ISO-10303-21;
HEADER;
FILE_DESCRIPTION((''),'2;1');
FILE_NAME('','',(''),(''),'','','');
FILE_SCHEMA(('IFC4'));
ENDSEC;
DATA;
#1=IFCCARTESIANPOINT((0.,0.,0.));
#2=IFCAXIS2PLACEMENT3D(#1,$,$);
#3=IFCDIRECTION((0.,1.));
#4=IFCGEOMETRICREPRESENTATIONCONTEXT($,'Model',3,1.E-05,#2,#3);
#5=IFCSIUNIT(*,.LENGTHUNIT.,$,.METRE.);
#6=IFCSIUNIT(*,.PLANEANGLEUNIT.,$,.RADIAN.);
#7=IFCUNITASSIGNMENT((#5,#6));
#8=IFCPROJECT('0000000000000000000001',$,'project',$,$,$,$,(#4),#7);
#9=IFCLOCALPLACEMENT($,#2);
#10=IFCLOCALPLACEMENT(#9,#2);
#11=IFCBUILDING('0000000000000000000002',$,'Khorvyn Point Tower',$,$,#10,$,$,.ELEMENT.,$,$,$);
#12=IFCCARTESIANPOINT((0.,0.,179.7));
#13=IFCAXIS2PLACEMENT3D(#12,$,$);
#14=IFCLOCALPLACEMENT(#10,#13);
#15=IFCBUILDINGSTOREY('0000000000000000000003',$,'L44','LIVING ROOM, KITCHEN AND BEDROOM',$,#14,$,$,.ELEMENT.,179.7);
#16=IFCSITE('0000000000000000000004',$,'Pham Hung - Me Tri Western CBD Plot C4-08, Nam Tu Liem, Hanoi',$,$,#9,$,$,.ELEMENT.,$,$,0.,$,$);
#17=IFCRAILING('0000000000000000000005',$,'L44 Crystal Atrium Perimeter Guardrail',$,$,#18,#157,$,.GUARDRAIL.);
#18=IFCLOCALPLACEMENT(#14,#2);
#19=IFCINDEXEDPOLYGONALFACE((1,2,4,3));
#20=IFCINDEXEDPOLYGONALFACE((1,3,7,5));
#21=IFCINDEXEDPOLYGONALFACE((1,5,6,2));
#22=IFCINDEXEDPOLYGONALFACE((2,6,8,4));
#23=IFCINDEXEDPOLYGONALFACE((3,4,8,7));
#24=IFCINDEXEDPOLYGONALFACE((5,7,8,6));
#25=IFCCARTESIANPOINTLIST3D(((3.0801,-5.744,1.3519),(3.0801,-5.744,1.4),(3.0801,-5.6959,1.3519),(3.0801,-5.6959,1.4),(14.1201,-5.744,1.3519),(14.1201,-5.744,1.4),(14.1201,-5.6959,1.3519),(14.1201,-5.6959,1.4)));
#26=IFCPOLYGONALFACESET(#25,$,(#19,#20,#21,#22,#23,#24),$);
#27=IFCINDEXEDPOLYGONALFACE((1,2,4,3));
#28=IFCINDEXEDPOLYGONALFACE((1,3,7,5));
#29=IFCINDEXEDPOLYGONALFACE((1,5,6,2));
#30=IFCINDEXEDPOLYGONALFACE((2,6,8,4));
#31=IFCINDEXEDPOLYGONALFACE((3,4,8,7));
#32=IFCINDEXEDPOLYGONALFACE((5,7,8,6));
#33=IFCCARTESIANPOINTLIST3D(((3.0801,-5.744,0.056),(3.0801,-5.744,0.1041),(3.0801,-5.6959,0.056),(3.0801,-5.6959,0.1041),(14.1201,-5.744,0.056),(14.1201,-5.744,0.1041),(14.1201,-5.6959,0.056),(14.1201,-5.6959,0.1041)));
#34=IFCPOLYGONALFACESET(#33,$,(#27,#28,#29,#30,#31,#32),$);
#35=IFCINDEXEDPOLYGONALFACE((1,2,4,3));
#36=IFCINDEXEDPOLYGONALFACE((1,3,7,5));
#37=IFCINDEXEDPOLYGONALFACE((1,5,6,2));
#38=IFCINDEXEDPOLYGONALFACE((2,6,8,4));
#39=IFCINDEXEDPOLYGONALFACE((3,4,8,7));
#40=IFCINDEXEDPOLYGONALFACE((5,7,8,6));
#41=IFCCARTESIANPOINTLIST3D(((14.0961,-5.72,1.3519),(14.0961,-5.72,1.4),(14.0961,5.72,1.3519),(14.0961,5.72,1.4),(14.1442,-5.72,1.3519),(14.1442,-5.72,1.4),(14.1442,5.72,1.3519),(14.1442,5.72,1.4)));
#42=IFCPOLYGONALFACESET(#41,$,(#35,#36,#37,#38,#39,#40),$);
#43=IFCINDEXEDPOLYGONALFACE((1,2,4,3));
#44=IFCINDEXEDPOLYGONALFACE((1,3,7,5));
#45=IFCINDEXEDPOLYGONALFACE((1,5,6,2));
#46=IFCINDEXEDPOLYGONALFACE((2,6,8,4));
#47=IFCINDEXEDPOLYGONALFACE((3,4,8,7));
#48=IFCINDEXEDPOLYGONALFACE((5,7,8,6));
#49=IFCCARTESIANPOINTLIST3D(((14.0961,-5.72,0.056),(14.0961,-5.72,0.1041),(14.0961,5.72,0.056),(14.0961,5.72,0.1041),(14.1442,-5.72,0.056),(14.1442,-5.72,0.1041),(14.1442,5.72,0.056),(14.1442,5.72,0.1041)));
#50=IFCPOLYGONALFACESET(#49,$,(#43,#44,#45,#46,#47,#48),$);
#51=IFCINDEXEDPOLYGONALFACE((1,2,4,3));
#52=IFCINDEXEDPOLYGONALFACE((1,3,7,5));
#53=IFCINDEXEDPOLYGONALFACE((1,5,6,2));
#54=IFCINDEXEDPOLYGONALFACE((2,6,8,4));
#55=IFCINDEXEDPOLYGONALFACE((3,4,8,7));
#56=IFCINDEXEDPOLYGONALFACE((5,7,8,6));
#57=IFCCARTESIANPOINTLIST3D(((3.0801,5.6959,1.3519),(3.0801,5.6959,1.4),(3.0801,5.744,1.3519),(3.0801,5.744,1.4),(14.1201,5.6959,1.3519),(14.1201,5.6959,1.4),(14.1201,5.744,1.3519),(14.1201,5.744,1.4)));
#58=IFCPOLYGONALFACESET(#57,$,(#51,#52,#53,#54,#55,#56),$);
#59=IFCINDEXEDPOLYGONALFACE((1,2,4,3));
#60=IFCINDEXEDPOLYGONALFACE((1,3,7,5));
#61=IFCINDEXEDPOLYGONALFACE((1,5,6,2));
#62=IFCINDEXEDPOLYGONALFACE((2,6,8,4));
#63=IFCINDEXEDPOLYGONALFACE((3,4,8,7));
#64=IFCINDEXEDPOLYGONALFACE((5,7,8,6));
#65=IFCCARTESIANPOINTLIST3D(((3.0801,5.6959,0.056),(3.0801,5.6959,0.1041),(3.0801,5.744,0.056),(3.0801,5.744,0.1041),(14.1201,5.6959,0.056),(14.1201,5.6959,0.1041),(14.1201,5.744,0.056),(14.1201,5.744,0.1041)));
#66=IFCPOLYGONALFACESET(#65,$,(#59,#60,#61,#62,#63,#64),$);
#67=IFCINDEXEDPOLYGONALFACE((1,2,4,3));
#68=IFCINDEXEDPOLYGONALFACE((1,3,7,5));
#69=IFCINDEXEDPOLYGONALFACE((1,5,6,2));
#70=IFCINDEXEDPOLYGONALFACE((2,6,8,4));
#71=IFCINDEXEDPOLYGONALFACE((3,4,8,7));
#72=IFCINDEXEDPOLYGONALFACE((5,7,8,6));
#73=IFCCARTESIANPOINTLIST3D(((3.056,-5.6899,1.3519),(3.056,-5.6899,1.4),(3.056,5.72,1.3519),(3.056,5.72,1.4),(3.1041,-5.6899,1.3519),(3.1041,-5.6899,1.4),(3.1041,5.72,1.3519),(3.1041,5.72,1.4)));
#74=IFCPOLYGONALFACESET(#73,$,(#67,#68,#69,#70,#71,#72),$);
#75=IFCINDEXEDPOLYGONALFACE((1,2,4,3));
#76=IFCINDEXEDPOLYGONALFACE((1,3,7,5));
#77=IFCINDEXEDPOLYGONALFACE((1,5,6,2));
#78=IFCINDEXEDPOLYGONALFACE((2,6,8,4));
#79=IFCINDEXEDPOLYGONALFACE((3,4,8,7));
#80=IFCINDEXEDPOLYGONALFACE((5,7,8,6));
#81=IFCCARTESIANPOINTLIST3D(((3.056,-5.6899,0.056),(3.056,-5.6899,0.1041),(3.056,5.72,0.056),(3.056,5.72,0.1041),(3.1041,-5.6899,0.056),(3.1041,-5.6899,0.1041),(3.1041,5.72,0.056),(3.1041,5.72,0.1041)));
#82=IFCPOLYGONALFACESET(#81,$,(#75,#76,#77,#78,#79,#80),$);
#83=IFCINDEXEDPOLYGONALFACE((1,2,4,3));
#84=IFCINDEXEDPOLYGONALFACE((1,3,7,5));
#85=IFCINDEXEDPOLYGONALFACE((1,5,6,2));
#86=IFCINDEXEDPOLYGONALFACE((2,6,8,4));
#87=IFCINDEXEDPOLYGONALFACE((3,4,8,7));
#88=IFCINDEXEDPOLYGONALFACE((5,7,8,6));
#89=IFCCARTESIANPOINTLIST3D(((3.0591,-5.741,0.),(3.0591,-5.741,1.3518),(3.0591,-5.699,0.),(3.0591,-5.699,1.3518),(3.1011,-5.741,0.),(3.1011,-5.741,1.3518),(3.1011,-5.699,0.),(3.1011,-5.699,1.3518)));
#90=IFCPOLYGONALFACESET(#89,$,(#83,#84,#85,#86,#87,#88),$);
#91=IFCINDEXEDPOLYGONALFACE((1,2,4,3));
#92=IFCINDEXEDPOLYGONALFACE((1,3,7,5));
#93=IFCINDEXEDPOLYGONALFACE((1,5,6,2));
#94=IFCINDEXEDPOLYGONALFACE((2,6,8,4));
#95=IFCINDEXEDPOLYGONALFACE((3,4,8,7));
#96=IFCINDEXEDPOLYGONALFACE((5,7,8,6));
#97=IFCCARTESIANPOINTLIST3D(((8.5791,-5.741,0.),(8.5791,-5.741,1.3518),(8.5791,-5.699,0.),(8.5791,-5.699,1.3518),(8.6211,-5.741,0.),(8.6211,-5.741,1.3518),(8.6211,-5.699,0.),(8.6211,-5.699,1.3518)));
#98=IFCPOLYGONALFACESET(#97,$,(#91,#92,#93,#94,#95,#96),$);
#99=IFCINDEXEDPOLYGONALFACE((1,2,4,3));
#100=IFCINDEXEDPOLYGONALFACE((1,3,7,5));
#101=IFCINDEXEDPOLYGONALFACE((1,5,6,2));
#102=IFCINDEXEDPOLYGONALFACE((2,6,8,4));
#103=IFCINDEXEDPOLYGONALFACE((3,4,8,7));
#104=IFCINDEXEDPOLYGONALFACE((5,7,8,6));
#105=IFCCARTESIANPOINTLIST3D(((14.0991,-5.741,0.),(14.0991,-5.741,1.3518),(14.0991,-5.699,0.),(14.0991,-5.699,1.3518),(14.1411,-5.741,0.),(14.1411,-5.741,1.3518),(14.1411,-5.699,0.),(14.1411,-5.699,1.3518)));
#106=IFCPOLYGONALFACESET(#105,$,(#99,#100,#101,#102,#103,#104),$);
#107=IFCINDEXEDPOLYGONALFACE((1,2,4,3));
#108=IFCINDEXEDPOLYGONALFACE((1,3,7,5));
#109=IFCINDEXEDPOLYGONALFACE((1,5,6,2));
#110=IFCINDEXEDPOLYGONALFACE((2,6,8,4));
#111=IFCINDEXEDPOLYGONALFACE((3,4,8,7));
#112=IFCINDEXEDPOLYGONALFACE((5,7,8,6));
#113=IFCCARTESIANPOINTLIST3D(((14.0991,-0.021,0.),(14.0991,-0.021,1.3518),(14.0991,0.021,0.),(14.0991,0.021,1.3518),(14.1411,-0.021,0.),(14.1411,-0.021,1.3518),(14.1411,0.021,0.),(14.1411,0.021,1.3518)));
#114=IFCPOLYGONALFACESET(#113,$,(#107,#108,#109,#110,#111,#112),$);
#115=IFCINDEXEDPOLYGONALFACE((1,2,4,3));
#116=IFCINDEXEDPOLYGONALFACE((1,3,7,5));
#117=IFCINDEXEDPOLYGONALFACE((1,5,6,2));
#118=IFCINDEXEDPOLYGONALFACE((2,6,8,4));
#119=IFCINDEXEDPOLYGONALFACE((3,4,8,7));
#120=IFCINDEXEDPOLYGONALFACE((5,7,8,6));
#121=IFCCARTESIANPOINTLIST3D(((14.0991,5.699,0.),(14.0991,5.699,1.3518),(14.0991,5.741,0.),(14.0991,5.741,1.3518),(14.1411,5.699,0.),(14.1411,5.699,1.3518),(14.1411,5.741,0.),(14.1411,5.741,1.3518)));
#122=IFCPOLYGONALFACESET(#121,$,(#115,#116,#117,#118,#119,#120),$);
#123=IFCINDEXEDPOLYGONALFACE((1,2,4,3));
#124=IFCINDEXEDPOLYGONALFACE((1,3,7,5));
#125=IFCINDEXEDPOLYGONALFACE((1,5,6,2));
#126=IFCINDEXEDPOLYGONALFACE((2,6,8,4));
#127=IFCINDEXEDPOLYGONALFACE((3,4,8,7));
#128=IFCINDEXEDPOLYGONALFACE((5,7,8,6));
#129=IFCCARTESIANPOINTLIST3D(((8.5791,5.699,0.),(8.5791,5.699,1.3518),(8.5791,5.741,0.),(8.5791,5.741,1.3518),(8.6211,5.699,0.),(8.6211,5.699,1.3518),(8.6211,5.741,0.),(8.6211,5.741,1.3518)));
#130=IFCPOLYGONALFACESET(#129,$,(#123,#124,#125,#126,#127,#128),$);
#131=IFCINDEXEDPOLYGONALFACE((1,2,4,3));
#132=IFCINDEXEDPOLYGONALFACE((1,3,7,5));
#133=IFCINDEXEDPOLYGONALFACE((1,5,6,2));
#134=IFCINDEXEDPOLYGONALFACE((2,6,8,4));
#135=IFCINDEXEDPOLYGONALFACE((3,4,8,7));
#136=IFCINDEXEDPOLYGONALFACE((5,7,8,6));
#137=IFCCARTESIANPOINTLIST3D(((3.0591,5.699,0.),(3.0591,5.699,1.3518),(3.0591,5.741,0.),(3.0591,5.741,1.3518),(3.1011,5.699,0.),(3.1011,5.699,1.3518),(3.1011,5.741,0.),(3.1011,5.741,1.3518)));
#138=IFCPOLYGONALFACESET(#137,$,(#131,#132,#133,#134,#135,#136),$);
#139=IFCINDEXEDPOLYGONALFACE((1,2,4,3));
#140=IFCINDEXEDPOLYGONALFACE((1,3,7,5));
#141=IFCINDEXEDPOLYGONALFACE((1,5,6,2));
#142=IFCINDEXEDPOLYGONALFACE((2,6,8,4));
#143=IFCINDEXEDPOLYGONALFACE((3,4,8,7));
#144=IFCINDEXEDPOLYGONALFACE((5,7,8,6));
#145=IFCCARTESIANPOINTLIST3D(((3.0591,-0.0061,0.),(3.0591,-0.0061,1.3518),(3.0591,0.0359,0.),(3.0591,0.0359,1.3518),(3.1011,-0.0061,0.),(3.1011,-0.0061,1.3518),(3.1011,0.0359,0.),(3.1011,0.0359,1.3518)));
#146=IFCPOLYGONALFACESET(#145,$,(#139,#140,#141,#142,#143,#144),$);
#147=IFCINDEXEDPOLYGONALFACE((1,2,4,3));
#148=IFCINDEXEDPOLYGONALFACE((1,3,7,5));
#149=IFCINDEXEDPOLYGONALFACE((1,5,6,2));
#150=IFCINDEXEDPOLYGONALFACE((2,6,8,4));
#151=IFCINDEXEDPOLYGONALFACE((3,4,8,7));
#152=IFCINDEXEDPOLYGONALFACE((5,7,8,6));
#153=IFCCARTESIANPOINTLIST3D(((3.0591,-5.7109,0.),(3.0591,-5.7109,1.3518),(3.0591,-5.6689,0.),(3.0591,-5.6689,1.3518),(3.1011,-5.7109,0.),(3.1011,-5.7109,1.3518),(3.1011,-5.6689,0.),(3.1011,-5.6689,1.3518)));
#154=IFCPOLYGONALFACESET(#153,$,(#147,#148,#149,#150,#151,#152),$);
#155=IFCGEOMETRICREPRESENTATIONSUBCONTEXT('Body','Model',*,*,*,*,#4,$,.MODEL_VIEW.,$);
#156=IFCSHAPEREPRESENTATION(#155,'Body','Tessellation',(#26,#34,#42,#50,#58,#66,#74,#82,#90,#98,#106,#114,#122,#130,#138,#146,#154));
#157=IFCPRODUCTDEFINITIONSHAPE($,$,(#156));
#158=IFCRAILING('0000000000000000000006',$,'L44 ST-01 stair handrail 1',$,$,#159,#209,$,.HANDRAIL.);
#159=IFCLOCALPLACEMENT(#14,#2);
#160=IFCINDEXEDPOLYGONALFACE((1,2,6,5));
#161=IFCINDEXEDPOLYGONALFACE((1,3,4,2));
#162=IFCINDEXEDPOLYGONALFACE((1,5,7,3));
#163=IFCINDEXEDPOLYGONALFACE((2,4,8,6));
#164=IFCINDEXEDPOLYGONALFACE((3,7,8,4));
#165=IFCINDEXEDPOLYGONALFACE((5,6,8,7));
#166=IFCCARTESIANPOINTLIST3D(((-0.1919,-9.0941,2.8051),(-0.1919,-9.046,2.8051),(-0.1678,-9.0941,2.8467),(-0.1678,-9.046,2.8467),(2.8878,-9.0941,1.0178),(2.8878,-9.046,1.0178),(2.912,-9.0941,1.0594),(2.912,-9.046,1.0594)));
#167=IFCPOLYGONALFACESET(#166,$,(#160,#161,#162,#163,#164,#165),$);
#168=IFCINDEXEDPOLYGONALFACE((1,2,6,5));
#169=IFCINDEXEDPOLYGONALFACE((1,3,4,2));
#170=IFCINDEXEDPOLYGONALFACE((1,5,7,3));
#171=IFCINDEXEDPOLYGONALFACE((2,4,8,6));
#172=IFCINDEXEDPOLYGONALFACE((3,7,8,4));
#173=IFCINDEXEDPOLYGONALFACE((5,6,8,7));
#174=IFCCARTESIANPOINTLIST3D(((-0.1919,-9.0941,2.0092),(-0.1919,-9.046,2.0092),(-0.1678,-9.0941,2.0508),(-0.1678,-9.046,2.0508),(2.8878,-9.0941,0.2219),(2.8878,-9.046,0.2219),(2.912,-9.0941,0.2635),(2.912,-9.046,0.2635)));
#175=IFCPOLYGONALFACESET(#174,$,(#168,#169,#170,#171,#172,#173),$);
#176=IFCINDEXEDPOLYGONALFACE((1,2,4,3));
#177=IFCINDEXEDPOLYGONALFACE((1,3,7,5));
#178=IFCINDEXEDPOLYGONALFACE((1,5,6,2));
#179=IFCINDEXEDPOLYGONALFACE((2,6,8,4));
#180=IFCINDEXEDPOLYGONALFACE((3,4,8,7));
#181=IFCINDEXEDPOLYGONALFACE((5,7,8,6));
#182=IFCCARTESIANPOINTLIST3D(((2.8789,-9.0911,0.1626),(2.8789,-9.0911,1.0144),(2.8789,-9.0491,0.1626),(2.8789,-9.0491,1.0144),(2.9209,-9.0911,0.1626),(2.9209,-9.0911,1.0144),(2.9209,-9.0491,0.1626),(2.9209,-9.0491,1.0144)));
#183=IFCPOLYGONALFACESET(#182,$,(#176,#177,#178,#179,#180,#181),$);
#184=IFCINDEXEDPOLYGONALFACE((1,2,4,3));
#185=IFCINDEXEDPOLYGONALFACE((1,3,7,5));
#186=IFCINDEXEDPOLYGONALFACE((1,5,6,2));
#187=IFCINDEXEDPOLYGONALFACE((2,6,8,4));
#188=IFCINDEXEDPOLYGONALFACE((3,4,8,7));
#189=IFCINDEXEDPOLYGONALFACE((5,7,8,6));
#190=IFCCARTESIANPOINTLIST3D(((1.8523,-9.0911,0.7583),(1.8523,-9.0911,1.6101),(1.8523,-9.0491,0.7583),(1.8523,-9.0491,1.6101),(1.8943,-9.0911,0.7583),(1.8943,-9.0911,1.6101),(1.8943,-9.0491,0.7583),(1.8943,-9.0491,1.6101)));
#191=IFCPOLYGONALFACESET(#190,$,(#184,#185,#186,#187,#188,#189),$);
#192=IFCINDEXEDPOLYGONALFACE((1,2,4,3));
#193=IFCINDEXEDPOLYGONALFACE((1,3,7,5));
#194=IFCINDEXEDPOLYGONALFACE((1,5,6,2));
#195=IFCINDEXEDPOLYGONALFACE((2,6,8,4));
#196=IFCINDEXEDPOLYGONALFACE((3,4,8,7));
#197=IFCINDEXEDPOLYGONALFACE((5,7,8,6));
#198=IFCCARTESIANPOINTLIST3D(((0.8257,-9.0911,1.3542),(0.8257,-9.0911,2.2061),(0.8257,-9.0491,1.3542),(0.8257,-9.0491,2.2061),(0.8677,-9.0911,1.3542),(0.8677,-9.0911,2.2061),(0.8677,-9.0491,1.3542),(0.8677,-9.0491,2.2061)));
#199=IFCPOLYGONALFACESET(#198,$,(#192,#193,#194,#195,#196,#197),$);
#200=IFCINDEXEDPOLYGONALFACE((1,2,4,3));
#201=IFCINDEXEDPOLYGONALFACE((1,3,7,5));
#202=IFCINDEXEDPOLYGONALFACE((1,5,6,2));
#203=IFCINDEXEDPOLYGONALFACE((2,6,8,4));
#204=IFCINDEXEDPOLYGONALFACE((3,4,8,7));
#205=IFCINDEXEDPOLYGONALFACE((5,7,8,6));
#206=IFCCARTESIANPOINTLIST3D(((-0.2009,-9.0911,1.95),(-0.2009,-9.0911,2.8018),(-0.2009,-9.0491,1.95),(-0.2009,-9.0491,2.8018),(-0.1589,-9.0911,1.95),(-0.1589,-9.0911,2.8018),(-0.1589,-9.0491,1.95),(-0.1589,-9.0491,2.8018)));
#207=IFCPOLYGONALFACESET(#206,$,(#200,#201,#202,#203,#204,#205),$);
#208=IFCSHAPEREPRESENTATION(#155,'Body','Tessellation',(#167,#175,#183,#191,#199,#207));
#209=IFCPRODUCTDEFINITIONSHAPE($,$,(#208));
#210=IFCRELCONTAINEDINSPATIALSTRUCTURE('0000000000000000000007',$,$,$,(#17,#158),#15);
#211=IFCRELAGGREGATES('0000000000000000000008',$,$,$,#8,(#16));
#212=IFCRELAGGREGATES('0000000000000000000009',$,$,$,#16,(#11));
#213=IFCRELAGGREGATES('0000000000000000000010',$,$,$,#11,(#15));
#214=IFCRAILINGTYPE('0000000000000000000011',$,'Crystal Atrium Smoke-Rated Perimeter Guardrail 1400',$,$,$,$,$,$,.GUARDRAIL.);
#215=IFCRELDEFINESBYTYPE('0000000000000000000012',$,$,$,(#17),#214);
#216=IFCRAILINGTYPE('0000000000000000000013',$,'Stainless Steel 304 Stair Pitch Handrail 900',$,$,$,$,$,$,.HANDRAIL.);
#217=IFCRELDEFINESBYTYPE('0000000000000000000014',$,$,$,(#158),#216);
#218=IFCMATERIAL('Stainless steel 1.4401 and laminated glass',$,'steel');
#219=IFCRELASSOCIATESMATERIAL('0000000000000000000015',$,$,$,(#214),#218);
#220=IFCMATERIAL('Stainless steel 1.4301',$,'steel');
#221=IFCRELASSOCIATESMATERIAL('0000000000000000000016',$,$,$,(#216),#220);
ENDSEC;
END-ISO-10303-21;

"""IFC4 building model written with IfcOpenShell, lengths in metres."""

from ifc_helpers import new_model, si_unit, direction, frame, origin, origin_2d, place, context, subcontext, project, spatial, rectangle, extrude, material, type_object, element, save


model = new_model("IFC4")

# Units and contexts
model_context = context("Model", 3, precision=1e-05, world=origin(), true_north=direction((0.0, 1.0)))
body_context = subcontext(model_context, "Body", "Model", "MODEL_VIEW")
ifc_project = project(units=[si_unit("LENGTHUNIT", "METRE"), si_unit("PLANEANGLEUNIT", "RADIAN")], contexts=[model_context])

# Site, building, storey
site_placement = place(None, origin())
site = spatial("IfcSite", under=ifc_project, at=site_placement, Name="Pham Hung - Me Tri Western CBD Plot C4-08, Nam Tu Liem, Hanoi", CompositionType="ELEMENT", RefElevation=0.0)
building_placement = place(site_placement, origin())
building = spatial("IfcBuilding", under=site, at=building_placement, Name="Khorvyn Point Tower", CompositionType="ELEMENT")
storey_placement = place(building_placement, frame((0.0, 0.0, 179.7)))
storey = spatial("IfcBuildingStorey", under=building, at=storey_placement, Name="L44", Description="LIVING ROOM, KITCHEN AND BEDROOM", CompositionType="ELEMENT", Elevation=179.7)

# Shared definitions
ifc_material_1 = material(Name="Stainless steel 1.4301", Category="steel")

# Railings
ifc_material_2 = material(Name="Stainless steel 1.4401 and laminated glass", Category="steel")
railing_type_1 = type_object("IfcRailingType", Name="Crystal Atrium Smoke-Rated Perimeter Guardrail 1400", PredefinedType="GUARDRAIL", material=ifc_material_2)
railing_1_placement = place(storey_placement, frame((3.0801, -5.72, 0.0)))
element("IfcRailing", 1, at=railing_1_placement, inside=storey, type_object=railing_type_1, Name="L44 Crystal Atrium Perimeter Guardrail", PredefinedType="GUARDRAIL", context=body_context, shape_type="SweptSolid", body=[
    extrude(rectangle(XDim=0.0481, YDim=0.0481, at=origin_2d()), frame((0.0, 0.0, 1.376), z_axis=(1.0, 0.0, 0.0), x_axis=(0.0, 1.0, 0.0)), (0.0, 0.0, 1.0), 11.04),
    extrude(rectangle(XDim=0.0481, YDim=0.0481, at=origin_2d()), frame((0.0, 0.0, 0.0801), z_axis=(1.0, 0.0, 0.0), x_axis=(0.0, 1.0, 0.0)), (0.0, 0.0, 1.0), 11.04),
    extrude(rectangle(XDim=0.0481, YDim=0.0481, at=origin_2d()), frame((11.04, 0.0, 1.376), z_axis=(0.0, 1.0, 0.0), x_axis=(-1.0, 0.0, 0.0)), (0.0, 0.0, 1.0), 11.4399),
    extrude(rectangle(XDim=0.0481, YDim=0.0481, at=origin_2d()), frame((11.04, 0.0, 0.0801), z_axis=(0.0, 1.0, 0.0), x_axis=(-1.0, 0.0, 0.0)), (0.0, 0.0, 1.0), 11.4399),
    extrude(rectangle(XDim=0.0481, YDim=0.0481, at=origin_2d()), frame((11.04, 11.4399, 1.376), z_axis=(-1.0, 0.0, 0.0), x_axis=(0.0, -1.0, 0.0)), (0.0, 0.0, 1.0), 11.04),
    extrude(rectangle(XDim=0.0481, YDim=0.0481, at=origin_2d()), frame((11.04, 11.4399, 0.0801), z_axis=(-1.0, 0.0, 0.0), x_axis=(0.0, -1.0, 0.0)), (0.0, 0.0, 1.0), 11.04),
    extrude(rectangle(XDim=0.0481, YDim=0.0481, at=origin_2d()), frame((0.0, 11.4399, 1.376), z_axis=(0.0, -1.0, 0.0), x_axis=(1.0, 0.0, 0.0)), (0.0, 0.0, 1.0), 11.4099),
    extrude(rectangle(XDim=0.0481, YDim=0.0481, at=origin_2d()), frame((0.0, 11.4399, 0.0801), z_axis=(0.0, -1.0, 0.0), x_axis=(1.0, 0.0, 0.0)), (0.0, 0.0, 1.0), 11.4099),
    extrude(rectangle(XDim=0.042, YDim=0.042, at=origin_2d()), origin(), (0.0, 0.0, 1.0), 1.3518),
    extrude(rectangle(XDim=0.042, YDim=0.042, at=origin_2d()), frame((5.52, 0.0, 0.0)), (0.0, 0.0, 1.0), 1.3518),
    extrude(rectangle(XDim=0.042, YDim=0.042, at=origin_2d()), frame((11.04, 0.0, 0.0)), (0.0, 0.0, 1.0), 1.3518),
    extrude(rectangle(XDim=0.042, YDim=0.042, at=origin_2d()), frame((11.04, 5.72, 0.0)), (0.0, 0.0, 1.0), 1.3518),
    extrude(rectangle(XDim=0.042, YDim=0.042, at=origin_2d()), frame((11.04, 11.4399, 0.0)), (0.0, 0.0, 1.0), 1.3518),
    extrude(rectangle(XDim=0.042, YDim=0.042, at=origin_2d()), frame((5.52, 11.4399, 0.0)), (0.0, 0.0, 1.0), 1.3518),
    extrude(rectangle(XDim=0.042, YDim=0.042, at=origin_2d()), frame((0.0, 11.4399, 0.0)), (0.0, 0.0, 1.0), 1.3518),
    extrude(rectangle(XDim=0.042, YDim=0.042, at=origin_2d()), frame((0.0, 5.7349, 0.0)), (0.0, 0.0, 1.0), 1.3518),
    extrude(rectangle(XDim=0.042, YDim=0.042, at=origin_2d()), frame((0.0, 0.03, 0.0)), (0.0, 0.0, 1.0), 1.3518),
])
railing_type_2 = type_object("IfcRailingType", Name="Stainless Steel 304 Stair Pitch Handrail 900", PredefinedType="HANDRAIL", material=ifc_material_1)
railing_2_placement = place(storey_placement, frame((2.8999, -9.0701, 0.1626)))
element("IfcRailing", 2, at=railing_2_placement, inside=storey, type_object=railing_type_2, Name="L44 ST-01 stair handrail 1", PredefinedType="HANDRAIL", context=body_context, shape_type="SweptSolid", body=[
    extrude(rectangle(XDim=0.0481, YDim=0.0481, at=origin_2d()), frame((0.0, 0.0, 0.876), z_axis=(-0.864903, 0.0, 0.501939), x_axis=(0.0, -1.0, 0.0)), (0.0, 0.0, 1.0), 3.5608),
    extrude(rectangle(XDim=0.0481, YDim=0.0481, at=origin_2d()), frame((0.0, 0.0, 0.0801), z_axis=(-0.864903, 0.0, 0.501939), x_axis=(0.0, -1.0, 0.0)), (0.0, 0.0, 1.0), 3.5608),
    extrude(rectangle(XDim=0.042, YDim=0.042, at=origin_2d()), origin(), (0.0, 0.0, 1.0), 0.8518),
    extrude(rectangle(XDim=0.042, YDim=0.042, at=origin_2d()), frame((-1.0266, 0.0, 0.5957)), (0.0, 0.0, 1.0), 0.8518),
    extrude(rectangle(XDim=0.042, YDim=0.042, at=origin_2d()), frame((-2.0532, 0.0, 1.1917)), (0.0, 0.0, 1.0), 0.8518),
    extrude(rectangle(XDim=0.042, YDim=0.042, at=origin_2d()), frame((-3.0798, 0.0, 1.7874)), (0.0, 0.0, 1.0), 0.8518),
])

save(model, "model.ifc")
